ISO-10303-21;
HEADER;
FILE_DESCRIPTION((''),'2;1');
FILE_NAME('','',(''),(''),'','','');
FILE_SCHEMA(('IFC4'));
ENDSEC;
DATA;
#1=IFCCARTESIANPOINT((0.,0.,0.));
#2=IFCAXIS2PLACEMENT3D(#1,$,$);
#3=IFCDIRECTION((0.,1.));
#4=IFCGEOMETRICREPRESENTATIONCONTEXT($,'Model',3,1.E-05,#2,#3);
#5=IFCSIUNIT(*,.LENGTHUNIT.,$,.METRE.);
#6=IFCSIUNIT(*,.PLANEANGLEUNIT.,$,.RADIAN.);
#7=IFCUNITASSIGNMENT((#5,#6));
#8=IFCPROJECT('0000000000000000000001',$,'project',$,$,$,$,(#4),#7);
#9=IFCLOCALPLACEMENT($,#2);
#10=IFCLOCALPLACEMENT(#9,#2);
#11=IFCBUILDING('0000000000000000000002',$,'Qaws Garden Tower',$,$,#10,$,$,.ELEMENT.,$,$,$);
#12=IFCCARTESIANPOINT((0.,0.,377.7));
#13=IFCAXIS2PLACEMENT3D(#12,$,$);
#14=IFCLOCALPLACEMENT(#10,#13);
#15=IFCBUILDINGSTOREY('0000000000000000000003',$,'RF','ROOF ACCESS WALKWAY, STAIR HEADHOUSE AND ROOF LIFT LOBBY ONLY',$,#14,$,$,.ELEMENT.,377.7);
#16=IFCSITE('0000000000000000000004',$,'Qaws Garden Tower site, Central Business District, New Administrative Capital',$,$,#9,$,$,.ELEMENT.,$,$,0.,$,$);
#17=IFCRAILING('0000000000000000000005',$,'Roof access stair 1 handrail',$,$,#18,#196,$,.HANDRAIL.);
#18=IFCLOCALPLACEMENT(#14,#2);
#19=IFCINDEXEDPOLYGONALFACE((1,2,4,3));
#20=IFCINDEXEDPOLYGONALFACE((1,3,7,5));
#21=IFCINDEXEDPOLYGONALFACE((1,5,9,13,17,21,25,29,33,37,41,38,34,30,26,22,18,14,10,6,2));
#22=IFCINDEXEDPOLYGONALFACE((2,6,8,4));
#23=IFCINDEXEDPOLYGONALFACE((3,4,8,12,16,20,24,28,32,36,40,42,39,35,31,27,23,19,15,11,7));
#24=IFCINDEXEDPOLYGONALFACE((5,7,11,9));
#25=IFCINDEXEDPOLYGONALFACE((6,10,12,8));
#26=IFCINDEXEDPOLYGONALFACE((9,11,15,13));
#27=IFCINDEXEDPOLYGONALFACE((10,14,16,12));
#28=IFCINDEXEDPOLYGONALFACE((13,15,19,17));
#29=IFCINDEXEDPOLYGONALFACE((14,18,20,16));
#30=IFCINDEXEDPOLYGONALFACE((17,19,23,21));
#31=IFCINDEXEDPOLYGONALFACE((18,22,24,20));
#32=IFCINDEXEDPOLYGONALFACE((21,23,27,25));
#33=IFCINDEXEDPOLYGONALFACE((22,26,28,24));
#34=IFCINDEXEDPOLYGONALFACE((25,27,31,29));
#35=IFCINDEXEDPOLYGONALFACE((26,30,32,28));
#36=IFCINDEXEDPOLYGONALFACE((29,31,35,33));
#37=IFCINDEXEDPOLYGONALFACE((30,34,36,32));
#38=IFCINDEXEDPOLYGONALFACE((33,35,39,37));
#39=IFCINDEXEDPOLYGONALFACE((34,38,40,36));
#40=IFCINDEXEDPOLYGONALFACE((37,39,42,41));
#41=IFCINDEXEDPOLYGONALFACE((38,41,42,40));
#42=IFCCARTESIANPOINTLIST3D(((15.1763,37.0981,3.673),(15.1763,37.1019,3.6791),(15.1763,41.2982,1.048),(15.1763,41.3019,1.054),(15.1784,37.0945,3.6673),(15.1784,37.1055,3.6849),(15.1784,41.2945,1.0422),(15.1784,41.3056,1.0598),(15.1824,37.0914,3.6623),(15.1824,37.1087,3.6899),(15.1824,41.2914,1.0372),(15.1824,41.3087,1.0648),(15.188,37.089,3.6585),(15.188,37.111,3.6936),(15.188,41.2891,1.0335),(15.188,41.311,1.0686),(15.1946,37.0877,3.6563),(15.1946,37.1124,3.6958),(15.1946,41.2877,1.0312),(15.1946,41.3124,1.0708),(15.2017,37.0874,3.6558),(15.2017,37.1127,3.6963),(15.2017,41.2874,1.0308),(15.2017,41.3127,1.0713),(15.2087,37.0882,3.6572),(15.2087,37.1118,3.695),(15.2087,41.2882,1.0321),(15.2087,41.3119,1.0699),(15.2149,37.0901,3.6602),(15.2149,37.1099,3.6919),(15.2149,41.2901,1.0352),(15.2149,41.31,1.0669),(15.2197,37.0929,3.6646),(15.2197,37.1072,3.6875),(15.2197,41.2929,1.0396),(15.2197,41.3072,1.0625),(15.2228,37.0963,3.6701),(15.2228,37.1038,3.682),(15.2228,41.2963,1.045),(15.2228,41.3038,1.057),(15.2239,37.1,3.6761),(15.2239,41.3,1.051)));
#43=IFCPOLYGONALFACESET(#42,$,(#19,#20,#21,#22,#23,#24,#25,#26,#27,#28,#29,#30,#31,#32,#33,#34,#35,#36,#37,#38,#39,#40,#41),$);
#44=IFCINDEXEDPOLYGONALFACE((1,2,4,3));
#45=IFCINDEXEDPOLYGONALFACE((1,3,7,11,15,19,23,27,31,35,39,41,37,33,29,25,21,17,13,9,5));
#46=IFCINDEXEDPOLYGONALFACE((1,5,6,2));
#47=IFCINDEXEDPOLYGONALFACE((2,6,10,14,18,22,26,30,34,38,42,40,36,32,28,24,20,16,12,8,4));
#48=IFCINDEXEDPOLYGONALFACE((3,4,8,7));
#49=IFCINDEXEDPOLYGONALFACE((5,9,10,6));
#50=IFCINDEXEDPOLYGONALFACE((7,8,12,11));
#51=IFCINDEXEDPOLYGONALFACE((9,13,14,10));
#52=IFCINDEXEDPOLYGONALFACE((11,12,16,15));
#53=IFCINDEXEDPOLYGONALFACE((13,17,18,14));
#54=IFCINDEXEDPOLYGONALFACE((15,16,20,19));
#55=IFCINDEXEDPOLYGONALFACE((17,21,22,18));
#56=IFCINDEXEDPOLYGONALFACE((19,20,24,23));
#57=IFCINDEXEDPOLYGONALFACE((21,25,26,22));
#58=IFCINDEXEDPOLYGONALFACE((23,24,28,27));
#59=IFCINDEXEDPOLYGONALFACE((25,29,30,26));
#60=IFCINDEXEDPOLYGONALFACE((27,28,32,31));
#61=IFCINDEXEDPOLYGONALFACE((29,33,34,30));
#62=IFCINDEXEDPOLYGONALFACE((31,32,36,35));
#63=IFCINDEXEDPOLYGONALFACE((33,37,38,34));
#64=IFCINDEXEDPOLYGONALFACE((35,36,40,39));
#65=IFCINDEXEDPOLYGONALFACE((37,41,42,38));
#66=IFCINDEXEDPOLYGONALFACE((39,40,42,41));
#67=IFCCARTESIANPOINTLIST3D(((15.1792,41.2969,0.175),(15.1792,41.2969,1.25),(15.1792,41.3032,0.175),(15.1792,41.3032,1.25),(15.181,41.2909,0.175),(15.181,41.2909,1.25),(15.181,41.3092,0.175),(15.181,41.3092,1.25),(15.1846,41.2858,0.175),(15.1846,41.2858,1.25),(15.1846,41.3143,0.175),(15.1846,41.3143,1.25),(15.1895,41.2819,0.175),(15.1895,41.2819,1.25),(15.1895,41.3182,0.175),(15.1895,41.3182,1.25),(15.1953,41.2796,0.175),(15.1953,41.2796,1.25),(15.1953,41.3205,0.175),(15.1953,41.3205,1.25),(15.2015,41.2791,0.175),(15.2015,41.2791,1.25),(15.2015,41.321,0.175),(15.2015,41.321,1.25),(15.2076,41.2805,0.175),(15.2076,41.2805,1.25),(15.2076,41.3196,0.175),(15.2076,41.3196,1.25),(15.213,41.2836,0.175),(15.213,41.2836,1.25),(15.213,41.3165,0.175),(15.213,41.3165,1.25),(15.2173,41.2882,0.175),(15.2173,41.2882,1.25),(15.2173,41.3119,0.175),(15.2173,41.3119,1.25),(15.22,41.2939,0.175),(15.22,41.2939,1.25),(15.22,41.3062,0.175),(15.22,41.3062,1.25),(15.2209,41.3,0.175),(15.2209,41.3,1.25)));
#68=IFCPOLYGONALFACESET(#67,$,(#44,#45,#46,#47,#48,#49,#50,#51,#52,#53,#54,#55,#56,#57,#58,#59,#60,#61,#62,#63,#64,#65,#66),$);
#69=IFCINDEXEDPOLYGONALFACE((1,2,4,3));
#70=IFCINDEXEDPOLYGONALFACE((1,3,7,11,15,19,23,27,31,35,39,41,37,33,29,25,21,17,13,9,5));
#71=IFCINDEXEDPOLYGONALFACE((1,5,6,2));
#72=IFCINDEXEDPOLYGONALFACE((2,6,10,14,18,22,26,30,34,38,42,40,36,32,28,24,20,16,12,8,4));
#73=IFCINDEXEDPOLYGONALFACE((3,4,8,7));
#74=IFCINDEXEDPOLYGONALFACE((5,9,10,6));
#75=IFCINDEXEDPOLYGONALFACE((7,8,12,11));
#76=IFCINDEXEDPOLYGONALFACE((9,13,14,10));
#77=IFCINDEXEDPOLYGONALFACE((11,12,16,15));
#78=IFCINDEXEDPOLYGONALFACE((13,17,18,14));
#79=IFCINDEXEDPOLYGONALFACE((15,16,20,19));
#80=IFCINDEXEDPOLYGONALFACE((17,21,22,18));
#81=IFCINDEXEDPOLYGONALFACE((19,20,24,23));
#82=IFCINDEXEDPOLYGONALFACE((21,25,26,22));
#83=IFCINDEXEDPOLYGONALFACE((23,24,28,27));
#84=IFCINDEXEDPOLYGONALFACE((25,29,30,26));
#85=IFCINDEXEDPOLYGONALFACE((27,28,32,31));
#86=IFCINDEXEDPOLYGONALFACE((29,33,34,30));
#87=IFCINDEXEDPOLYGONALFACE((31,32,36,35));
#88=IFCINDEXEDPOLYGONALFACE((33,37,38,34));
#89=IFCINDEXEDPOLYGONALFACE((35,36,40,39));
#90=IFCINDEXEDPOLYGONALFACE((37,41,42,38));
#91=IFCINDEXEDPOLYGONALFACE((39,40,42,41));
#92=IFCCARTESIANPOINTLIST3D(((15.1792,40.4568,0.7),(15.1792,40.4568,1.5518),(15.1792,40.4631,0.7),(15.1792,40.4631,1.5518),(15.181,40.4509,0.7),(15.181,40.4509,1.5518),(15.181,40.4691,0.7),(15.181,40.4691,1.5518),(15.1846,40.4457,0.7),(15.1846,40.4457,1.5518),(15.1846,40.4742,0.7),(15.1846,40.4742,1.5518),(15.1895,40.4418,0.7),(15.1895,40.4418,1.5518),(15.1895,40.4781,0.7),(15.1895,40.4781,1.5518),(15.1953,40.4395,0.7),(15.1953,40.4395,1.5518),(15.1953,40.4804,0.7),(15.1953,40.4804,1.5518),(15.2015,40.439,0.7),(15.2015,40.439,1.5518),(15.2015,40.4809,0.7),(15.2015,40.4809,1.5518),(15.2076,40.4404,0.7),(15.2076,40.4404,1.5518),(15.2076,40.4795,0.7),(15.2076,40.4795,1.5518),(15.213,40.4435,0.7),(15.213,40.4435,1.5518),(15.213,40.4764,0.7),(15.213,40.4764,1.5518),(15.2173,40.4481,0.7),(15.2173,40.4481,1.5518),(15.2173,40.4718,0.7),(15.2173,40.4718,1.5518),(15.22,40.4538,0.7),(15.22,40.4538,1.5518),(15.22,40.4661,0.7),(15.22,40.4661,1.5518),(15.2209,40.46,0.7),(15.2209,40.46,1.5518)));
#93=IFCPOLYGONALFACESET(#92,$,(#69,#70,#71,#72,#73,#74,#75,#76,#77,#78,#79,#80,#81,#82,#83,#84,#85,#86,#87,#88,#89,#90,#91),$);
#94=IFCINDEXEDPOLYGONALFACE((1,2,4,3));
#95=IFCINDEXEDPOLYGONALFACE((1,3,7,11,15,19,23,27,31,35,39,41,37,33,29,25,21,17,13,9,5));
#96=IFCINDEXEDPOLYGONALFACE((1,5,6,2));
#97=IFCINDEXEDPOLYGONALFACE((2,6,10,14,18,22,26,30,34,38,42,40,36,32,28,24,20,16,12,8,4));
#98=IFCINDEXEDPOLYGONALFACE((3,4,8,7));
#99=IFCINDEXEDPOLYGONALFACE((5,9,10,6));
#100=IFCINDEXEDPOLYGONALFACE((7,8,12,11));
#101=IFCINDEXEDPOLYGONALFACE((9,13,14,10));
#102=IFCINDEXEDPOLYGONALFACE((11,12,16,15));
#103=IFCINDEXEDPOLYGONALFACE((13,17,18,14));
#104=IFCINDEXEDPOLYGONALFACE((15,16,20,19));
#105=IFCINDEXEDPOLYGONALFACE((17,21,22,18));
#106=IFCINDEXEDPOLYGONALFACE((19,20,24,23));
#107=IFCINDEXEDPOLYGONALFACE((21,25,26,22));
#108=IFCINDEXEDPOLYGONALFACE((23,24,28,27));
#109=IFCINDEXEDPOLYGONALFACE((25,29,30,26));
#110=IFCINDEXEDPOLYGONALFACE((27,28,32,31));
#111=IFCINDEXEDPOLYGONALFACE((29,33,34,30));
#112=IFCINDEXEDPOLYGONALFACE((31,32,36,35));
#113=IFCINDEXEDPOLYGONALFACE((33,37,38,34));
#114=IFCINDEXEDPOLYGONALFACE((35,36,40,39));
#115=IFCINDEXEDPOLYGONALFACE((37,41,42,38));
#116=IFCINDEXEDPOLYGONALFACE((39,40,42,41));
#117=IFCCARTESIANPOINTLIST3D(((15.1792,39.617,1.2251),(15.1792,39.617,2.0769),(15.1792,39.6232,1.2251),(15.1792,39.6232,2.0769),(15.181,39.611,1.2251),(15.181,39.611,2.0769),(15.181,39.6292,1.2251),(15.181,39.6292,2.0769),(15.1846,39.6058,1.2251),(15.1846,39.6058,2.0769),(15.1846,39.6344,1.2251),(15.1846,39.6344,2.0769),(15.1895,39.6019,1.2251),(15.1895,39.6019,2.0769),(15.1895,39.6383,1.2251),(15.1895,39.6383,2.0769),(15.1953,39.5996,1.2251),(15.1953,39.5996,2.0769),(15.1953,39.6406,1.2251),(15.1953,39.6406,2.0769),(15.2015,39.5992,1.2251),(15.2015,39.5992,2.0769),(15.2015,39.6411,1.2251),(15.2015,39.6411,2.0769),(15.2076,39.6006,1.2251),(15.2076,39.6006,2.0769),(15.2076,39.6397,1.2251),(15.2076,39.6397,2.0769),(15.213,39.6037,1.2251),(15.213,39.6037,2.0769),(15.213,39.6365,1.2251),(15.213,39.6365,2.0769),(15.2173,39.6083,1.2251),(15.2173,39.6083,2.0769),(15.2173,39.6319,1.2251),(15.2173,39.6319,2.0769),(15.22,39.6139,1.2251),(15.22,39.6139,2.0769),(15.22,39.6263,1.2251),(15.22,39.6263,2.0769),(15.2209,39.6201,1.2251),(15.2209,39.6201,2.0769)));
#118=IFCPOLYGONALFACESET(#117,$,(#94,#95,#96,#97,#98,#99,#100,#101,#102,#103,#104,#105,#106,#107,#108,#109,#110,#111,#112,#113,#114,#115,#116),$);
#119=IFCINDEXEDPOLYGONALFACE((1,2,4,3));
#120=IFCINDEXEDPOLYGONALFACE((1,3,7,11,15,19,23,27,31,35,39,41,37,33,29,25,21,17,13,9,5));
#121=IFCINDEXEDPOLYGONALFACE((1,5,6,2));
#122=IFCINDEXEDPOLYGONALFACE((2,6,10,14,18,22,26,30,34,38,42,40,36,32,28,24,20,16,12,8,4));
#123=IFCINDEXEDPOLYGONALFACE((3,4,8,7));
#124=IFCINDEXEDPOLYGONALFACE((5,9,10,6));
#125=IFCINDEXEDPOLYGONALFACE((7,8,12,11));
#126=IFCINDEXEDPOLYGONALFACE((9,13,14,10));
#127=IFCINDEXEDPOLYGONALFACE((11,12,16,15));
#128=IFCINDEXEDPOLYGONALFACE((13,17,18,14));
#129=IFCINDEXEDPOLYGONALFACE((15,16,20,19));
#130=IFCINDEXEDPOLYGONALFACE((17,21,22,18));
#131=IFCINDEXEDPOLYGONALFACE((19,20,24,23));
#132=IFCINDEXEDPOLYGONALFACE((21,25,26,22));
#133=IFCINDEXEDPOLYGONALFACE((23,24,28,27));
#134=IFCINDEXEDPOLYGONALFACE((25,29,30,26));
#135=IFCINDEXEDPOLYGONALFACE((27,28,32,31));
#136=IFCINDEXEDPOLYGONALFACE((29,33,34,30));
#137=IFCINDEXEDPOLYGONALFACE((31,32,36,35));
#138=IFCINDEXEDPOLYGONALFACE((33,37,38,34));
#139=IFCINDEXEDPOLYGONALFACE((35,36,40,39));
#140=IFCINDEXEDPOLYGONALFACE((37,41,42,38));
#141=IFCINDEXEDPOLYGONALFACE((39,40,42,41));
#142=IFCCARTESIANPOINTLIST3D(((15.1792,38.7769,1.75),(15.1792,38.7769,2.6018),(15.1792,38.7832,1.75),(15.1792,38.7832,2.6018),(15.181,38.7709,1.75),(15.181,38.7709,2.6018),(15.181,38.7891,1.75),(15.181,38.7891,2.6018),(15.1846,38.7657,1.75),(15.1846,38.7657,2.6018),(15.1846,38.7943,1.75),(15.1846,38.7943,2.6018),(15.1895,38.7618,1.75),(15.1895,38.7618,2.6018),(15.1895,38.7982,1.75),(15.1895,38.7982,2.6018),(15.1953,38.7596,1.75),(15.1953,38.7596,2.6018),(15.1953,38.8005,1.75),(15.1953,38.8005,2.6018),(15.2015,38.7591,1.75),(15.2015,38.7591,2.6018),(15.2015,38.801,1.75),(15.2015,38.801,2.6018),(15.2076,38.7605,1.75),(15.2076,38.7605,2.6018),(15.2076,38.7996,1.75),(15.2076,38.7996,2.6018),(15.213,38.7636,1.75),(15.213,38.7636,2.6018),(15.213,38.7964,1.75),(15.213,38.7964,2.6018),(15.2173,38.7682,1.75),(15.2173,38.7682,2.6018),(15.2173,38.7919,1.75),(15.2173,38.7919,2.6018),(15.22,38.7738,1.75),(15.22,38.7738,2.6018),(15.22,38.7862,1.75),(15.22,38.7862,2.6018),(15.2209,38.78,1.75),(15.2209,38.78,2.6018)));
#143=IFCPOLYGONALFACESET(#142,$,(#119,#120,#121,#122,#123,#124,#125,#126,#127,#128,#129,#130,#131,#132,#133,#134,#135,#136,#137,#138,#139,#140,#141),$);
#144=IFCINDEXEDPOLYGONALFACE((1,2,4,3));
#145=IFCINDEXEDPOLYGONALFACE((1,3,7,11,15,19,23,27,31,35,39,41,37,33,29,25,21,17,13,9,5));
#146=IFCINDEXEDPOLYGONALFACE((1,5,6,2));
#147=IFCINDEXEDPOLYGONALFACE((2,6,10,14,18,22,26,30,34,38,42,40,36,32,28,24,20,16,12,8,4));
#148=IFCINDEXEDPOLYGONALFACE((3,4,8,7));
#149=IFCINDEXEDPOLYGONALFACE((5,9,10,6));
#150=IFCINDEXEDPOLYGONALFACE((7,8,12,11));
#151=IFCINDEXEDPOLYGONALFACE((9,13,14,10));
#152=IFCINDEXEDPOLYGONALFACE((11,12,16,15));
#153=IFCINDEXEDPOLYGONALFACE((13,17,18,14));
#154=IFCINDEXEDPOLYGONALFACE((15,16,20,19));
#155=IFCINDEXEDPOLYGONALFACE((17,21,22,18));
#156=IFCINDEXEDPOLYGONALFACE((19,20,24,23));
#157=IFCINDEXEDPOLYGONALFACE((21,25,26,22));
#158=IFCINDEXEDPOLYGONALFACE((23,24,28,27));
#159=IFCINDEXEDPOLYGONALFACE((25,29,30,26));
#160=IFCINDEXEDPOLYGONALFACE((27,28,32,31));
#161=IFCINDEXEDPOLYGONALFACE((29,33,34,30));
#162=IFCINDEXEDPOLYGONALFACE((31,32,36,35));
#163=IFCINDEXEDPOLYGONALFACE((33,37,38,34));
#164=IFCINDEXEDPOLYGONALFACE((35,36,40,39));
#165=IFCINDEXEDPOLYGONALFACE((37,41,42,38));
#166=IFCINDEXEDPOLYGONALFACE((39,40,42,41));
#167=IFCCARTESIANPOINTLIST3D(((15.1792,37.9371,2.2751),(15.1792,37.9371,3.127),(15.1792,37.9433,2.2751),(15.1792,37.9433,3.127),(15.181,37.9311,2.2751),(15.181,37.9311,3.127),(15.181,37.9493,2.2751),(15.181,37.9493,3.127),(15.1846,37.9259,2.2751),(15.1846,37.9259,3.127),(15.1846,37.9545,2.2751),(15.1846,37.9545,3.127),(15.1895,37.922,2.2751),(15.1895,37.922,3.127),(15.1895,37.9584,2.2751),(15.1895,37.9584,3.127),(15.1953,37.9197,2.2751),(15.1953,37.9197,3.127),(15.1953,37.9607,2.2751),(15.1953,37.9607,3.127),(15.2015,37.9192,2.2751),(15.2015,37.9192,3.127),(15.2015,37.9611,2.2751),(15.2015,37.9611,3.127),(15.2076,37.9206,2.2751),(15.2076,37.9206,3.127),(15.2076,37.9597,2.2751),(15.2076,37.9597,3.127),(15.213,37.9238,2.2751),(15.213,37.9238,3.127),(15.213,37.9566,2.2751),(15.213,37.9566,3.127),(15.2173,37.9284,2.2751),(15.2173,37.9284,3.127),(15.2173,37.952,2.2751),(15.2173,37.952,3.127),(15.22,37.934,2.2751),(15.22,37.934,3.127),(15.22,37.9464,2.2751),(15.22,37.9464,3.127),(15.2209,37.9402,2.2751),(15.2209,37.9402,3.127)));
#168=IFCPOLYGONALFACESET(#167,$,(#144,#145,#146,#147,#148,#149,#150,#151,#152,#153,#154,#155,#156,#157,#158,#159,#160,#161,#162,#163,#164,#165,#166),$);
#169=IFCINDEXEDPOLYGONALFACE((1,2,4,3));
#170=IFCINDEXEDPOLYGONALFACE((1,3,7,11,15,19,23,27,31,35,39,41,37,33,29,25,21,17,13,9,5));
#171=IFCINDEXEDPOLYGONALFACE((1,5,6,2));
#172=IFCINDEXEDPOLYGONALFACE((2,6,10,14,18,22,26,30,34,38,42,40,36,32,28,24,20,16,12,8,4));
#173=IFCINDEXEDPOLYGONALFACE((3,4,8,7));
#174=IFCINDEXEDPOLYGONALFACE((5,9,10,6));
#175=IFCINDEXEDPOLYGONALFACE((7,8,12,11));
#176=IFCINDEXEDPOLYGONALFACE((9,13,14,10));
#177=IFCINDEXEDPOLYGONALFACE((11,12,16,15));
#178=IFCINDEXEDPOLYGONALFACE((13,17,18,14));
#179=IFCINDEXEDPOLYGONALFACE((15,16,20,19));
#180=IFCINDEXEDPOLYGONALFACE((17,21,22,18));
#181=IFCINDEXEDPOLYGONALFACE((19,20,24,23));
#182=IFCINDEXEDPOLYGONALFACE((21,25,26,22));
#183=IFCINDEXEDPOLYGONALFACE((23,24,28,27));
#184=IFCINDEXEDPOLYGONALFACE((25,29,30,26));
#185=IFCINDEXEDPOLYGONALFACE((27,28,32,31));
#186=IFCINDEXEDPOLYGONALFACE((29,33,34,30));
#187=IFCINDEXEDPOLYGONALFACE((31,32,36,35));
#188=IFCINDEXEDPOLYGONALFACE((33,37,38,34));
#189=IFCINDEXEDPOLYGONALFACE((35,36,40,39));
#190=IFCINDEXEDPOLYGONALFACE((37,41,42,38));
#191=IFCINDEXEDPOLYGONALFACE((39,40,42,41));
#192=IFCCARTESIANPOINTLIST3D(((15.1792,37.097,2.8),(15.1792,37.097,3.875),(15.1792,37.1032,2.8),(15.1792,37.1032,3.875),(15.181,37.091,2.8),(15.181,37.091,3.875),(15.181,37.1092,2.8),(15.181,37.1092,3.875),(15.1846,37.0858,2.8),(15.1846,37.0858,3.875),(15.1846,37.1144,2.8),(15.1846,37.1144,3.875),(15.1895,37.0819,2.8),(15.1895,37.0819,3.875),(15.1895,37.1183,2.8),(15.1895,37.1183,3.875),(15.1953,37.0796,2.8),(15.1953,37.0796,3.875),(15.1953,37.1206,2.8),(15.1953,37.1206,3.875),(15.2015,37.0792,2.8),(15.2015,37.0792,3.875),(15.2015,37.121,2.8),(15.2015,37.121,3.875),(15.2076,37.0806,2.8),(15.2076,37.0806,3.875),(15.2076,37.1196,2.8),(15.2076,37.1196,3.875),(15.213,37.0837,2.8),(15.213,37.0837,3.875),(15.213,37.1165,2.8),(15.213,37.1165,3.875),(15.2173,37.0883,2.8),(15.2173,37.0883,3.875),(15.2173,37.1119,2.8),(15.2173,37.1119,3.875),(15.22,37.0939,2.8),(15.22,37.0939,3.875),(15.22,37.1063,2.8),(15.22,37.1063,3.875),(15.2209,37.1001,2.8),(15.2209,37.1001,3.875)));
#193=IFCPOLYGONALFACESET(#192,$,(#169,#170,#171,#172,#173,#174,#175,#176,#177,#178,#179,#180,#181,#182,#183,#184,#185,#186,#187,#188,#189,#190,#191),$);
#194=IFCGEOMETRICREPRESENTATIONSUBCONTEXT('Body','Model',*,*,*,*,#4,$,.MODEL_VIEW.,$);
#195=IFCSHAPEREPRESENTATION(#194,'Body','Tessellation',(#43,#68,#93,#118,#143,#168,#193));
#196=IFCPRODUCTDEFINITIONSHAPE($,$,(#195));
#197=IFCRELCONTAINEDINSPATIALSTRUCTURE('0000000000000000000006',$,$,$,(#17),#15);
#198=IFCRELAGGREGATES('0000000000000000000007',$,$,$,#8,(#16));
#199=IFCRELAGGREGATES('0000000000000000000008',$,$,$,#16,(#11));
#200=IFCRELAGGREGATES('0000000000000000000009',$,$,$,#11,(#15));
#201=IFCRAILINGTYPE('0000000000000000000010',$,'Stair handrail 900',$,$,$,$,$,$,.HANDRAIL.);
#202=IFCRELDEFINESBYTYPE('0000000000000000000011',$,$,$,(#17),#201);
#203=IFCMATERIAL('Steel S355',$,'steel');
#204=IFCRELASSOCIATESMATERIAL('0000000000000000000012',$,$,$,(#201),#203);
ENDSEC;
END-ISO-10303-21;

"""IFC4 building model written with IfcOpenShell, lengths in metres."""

from ifc_helpers import new_model, si_unit, direction, frame, origin, origin_2d, place, context, subcontext, project, spatial, circle, extrude, material, type_object, element, save


model = new_model("IFC4")

# Units and contexts
model_context = context("Model", 3, precision=1e-05, world=origin(), true_north=direction((0.0, 1.0)))
body_context = subcontext(model_context, "Body", "Model", "MODEL_VIEW")
ifc_project = project(units=[si_unit("LENGTHUNIT", "METRE"), si_unit("PLANEANGLEUNIT", "RADIAN")], contexts=[model_context])

# Site, building, storey
site_placement = place(None, origin())
site = spatial("IfcSite", under=ifc_project, at=site_placement, Name="Qaws Garden Tower site, Central Business District, New Administrative Capital", CompositionType="ELEMENT", RefElevation=0.0)
building_placement = place(site_placement, origin())
building = spatial("IfcBuilding", under=site, at=building_placement, Name="Qaws Garden Tower", CompositionType="ELEMENT")
storey_placement = place(building_placement, frame((0.0, 0.0, 377.7)))
storey = spatial("IfcBuildingStorey", under=building, at=storey_placement, Name="RF", Description="ROOF ACCESS WALKWAY, STAIR HEADHOUSE AND ROOF LIFT LOBBY ONLY", CompositionType="ELEMENT", Elevation=377.7)

# Railing
ifc_material_1 = material(Name="Steel S355", Category="steel")
railing_type_1 = type_object("IfcRailingType", Name="Stair handrail 900", PredefinedType="HANDRAIL", material=ifc_material_1)
for number, where, name in (
    (1, (15.2, 41.3, 0.175), "Roof access stair 1 handrail"),
):
    element("IfcRailing", number, at=place(storey_placement, frame(where)), inside=storey, type_object=railing_type_1, Name=name, PredefinedType="HANDRAIL", context=body_context, shape_type="SweptSolid", body=[
        extrude(circle(Radius=0.0239, at=origin_2d()), frame((0.0, 0.0, 0.876), z_axis=(0.0, -0.847996, 0.530003), x_axis=(1.0, 0.0, 0.0)), (0.0, 0.0, 1.0), 4.9529),
        extrude(circle(Radius=0.021, at=origin_2d()), origin(), (0.0, 0.0, 1.0), 1.075),
        extrude(circle(Radius=0.021, at=origin_2d()), frame((0.0, -0.8401, 0.5249)), (0.0, 0.0, 1.0), 0.8518),
        extrude(circle(Radius=0.021, at=origin_2d()), frame((0.0, -1.6799, 1.05)), (0.0, 0.0, 1.0), 0.8518),
        extrude(circle(Radius=0.021, at=origin_2d()), frame((0.0, -2.52, 1.575)), (0.0, 0.0, 1.0), 0.8518),
        extrude(circle(Radius=0.021, at=origin_2d()), frame((0.0, -3.3599, 2.1001)), (0.0, 0.0, 1.0), 0.8518),
        extrude(circle(Radius=0.021, at=origin_2d()), frame((0.0, -4.2, 2.625)), (0.0, 0.0, 1.0), 1.075),
    ])

save(model, "model.ifc")
